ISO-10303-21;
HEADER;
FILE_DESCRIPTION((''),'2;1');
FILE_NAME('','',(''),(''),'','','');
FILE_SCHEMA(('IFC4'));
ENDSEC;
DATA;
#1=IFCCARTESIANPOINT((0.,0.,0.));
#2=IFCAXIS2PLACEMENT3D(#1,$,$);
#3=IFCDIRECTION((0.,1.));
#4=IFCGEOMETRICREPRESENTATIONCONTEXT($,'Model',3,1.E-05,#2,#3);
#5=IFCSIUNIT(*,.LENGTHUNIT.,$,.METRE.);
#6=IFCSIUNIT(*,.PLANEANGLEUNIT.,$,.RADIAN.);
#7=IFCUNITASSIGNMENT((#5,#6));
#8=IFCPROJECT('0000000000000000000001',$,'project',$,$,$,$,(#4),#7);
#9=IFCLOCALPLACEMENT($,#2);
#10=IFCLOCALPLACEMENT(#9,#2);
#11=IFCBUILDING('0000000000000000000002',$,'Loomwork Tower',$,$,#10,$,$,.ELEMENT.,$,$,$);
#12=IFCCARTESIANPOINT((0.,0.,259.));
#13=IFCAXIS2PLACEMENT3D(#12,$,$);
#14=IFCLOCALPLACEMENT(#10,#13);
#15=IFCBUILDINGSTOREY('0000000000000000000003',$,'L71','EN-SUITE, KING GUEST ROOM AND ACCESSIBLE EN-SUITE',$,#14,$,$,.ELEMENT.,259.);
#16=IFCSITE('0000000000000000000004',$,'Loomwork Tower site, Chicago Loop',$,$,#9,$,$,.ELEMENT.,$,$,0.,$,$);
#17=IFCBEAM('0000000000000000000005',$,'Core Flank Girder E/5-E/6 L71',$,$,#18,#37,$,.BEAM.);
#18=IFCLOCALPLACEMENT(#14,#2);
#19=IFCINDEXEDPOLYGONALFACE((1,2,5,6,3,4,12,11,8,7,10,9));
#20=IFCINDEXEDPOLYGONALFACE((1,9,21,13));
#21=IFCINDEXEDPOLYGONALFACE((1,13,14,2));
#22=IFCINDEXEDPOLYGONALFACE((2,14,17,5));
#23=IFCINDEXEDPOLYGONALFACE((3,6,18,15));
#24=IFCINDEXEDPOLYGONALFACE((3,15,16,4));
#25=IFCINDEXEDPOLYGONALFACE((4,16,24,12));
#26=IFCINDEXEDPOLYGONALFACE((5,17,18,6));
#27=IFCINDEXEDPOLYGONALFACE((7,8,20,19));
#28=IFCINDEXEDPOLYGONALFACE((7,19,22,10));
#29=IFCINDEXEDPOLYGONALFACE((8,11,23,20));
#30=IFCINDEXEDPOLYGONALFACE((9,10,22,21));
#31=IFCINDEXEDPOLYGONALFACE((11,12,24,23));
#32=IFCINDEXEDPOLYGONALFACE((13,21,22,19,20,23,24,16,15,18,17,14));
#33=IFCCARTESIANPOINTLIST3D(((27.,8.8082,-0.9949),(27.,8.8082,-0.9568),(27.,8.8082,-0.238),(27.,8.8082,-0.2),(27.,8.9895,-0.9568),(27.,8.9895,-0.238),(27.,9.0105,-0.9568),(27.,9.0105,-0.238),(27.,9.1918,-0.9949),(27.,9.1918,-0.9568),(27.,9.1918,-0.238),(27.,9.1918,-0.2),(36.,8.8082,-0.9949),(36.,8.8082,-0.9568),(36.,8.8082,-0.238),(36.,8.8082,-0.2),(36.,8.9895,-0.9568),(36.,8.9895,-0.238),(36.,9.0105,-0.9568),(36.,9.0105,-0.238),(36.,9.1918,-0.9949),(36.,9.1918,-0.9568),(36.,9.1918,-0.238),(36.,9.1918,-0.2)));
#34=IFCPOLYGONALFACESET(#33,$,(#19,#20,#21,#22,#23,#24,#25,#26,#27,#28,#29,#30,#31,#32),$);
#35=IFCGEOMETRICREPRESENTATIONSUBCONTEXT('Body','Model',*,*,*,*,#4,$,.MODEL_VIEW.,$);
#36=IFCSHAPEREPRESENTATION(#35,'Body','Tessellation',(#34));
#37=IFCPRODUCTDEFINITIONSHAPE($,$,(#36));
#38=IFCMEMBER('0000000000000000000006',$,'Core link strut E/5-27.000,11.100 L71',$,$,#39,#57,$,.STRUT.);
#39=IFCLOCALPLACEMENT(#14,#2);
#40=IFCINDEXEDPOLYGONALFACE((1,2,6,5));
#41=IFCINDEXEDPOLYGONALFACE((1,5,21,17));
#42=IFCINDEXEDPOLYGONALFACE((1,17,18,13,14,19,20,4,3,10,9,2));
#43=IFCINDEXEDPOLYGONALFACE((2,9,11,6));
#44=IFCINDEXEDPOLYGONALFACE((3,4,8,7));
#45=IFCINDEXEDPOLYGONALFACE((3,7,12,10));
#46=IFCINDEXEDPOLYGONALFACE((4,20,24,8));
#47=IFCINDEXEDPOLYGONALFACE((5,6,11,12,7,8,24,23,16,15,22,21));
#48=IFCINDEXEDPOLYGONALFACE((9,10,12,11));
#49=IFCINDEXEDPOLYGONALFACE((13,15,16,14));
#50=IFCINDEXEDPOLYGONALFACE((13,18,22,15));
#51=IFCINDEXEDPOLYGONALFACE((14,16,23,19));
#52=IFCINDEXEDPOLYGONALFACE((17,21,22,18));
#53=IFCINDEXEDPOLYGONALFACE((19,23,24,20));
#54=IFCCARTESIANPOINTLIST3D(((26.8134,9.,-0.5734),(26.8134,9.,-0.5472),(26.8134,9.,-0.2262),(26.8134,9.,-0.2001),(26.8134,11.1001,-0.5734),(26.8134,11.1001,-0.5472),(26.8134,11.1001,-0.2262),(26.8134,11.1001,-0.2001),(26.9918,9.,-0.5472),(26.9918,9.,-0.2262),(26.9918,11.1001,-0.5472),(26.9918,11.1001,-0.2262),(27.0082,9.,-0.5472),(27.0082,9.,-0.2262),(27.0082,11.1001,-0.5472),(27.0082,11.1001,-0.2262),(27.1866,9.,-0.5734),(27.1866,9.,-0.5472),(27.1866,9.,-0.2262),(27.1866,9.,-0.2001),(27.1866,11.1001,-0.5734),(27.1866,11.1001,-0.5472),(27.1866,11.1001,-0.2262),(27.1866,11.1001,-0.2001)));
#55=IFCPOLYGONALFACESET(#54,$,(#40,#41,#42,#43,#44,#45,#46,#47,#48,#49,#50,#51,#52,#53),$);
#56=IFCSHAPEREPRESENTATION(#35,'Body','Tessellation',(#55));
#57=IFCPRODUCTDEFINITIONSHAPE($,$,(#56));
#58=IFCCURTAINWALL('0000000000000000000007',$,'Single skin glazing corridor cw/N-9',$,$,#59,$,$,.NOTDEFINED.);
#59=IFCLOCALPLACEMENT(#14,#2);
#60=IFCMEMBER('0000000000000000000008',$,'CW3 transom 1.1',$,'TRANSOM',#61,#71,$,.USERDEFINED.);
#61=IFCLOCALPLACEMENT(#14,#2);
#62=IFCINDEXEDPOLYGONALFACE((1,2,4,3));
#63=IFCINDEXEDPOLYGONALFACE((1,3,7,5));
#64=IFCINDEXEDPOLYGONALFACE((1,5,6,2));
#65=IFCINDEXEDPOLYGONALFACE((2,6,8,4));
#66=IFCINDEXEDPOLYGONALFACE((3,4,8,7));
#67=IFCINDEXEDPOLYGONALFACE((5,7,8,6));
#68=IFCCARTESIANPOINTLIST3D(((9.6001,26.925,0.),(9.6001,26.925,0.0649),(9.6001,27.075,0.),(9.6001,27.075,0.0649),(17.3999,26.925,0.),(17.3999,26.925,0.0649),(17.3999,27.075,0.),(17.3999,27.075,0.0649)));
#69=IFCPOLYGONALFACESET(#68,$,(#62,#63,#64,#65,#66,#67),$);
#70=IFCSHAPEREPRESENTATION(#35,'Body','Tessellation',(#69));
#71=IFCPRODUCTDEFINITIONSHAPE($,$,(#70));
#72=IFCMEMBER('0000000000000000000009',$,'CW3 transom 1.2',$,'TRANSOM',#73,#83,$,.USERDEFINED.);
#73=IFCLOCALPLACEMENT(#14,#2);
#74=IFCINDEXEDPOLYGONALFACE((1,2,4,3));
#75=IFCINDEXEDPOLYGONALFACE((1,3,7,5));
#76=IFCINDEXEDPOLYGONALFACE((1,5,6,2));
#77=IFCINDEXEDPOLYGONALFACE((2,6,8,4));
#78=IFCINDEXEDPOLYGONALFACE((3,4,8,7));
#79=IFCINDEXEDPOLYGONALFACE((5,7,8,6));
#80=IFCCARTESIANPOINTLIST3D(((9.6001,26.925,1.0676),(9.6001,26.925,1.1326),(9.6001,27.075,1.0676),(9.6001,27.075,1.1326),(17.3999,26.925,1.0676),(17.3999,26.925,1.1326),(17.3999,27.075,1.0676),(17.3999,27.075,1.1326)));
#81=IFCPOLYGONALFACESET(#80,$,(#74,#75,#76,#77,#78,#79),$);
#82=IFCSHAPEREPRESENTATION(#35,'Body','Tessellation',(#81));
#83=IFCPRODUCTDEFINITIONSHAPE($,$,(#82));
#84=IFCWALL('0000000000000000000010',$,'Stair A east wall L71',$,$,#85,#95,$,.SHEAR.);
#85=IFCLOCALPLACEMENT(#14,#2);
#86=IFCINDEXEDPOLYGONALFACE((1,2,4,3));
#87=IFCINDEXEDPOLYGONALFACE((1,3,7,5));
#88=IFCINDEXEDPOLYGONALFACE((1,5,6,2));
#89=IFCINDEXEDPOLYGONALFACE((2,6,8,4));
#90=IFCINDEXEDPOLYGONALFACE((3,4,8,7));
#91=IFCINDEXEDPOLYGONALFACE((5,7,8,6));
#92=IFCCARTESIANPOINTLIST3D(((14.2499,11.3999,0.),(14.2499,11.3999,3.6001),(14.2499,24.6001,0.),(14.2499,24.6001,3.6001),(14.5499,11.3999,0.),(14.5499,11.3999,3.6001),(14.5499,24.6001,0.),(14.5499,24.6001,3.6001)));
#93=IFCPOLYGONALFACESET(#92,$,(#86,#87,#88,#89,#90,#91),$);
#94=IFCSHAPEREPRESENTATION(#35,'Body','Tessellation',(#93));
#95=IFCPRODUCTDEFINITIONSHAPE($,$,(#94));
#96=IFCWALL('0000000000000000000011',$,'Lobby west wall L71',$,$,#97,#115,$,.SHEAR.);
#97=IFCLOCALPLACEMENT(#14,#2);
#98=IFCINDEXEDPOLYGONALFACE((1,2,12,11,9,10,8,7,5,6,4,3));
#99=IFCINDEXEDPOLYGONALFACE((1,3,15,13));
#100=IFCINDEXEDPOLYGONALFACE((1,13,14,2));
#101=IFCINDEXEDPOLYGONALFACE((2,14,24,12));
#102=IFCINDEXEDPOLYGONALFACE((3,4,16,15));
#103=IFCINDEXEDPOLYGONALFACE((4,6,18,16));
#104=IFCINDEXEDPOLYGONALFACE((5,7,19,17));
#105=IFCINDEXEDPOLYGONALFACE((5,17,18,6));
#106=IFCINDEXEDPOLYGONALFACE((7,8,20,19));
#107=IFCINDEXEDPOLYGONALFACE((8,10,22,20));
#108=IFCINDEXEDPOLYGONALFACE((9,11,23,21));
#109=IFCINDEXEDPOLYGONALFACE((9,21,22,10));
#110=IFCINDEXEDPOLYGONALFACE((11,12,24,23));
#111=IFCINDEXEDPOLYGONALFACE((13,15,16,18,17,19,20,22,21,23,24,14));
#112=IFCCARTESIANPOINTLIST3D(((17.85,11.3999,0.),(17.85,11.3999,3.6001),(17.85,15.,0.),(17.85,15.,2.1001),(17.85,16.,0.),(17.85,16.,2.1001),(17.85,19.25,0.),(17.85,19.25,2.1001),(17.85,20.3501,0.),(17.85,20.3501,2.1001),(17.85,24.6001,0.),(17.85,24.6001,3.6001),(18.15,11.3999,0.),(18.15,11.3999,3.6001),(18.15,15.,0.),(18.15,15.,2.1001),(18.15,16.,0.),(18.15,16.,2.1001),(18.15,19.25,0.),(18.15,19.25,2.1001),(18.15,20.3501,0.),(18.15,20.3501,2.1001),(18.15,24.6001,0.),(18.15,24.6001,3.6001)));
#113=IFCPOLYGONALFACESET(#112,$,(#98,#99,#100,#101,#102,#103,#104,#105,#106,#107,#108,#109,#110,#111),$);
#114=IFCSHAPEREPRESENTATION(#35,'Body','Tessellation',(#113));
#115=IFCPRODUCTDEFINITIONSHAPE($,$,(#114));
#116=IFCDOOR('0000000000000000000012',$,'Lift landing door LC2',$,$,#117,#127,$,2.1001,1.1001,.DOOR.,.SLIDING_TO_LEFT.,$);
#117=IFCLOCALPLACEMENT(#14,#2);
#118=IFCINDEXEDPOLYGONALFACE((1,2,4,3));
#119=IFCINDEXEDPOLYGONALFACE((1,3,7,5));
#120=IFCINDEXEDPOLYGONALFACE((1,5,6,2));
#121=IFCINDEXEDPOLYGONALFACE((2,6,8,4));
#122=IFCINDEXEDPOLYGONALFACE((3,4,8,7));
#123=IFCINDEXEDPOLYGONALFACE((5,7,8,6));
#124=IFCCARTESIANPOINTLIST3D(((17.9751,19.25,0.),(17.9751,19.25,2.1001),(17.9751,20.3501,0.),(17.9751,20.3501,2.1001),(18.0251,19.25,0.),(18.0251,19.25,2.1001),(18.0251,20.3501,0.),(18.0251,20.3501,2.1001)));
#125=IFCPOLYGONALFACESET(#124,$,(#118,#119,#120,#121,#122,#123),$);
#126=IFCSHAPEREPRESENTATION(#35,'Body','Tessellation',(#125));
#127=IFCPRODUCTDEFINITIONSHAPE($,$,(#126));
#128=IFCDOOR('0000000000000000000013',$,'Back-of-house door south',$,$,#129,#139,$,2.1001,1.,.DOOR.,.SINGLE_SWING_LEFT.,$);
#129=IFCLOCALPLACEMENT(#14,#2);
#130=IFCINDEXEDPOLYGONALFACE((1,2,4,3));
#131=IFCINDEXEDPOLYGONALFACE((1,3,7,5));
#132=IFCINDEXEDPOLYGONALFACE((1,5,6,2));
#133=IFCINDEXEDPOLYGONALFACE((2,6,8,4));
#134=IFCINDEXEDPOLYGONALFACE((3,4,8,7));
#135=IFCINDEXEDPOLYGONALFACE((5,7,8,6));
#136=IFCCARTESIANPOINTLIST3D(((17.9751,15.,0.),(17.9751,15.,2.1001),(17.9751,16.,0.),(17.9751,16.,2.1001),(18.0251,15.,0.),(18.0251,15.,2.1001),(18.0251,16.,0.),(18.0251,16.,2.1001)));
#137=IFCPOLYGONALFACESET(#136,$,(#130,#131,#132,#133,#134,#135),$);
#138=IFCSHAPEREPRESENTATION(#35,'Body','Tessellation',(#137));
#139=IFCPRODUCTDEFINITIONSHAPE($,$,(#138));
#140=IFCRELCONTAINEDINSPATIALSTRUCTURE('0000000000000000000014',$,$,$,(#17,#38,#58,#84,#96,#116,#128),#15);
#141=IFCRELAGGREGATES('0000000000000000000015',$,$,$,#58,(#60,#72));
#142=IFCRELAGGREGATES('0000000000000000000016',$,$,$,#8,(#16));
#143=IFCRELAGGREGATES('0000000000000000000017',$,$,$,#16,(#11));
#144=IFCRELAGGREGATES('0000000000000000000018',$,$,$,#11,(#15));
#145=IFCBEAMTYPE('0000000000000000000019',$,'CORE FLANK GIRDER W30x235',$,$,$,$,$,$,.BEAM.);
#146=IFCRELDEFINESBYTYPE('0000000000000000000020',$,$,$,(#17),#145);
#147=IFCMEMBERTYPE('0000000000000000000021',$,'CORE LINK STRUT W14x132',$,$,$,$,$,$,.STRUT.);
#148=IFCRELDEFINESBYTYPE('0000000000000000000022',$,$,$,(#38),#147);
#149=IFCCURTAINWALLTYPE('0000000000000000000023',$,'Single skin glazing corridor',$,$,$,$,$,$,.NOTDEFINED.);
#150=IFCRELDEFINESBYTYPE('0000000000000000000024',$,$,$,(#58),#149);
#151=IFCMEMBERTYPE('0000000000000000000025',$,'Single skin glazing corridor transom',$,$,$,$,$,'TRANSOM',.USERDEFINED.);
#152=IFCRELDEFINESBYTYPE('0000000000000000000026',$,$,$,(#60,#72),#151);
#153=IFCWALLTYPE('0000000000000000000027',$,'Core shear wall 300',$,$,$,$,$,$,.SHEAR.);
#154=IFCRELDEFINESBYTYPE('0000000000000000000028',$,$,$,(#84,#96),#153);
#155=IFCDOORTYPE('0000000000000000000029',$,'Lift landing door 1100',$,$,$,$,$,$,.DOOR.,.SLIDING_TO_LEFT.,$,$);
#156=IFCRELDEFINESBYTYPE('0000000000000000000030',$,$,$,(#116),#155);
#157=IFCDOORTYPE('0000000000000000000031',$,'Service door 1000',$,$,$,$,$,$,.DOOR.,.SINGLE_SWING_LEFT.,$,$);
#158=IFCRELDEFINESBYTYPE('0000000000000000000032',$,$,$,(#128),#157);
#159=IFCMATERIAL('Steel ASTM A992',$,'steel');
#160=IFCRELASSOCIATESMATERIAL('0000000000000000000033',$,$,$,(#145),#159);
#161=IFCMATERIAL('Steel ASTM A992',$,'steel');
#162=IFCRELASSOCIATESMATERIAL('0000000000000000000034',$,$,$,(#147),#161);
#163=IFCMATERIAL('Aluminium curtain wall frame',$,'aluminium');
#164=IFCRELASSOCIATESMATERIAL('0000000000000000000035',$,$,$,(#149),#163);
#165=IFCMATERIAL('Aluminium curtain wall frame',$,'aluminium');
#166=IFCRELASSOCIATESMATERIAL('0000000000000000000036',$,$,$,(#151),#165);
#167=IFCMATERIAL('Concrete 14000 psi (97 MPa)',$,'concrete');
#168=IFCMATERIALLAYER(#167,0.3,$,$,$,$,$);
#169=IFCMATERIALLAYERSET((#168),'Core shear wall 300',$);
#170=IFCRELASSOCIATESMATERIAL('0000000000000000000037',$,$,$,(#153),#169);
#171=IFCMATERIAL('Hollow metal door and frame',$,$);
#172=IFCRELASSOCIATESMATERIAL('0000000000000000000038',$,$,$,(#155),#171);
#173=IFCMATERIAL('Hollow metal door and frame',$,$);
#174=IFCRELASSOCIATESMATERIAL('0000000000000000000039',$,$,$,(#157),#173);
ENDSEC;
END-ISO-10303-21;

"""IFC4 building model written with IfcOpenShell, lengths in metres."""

from ifc_helpers import new_model, si_unit, direction, frame, frame_2d, origin, origin_2d, place, context, subcontext, project, spatial, rectangle, i_section, extrude, material, layer, layer_set, material_profile, profile_set, type_object, element, fill, aggregate, save


model = new_model("IFC4")

# Units and contexts
model_context = context("Model", 3, precision=1e-05, world=origin(), true_north=direction((0.0, 1.0)))
body_context = subcontext(model_context, "Body", "Model", "MODEL_VIEW")
ifc_project = project(units=[si_unit("LENGTHUNIT", "METRE"), si_unit("PLANEANGLEUNIT", "RADIAN")], contexts=[model_context])

# Site, building, storey
site_placement = place(None, origin())
site = spatial("IfcSite", under=ifc_project, at=site_placement, Name="Loomwork Tower site, Chicago Loop", CompositionType="ELEMENT", RefElevation=0.0)
building_placement = place(site_placement, origin())
building = spatial("IfcBuilding", under=site, at=building_placement, Name="Loomwork Tower", CompositionType="ELEMENT")
storey_placement = place(building_placement, frame((0.0, 0.0, 259.0)))
storey = spatial("IfcBuildingStorey", under=building, at=storey_placement, Name="L71", Description="EN-SUITE, KING GUEST ROOM AND ACCESSIBLE EN-SUITE", CompositionType="ELEMENT", Elevation=259.0)

# Beam
ifc_material_1 = material(Name="Steel ASTM A992", Category="steel")
ifc_material_profile_1 = material_profile(ifc_material_1, i_section(OverallWidth=0.3835, OverallDepth=0.7949, WebThickness=0.021, FlangeThickness=0.0381, at=origin_2d()), Name="W30x235")
ifc_profile_set_1 = profile_set([ifc_material_profile_1], Name="Steel ASTM A992")
beam_type = type_object("IfcBeamType", Name="CORE FLANK GIRDER W30x235", PredefinedType="BEAM", material=ifc_profile_set_1)
beam_placement = place(storey_placement, frame((27.0, 9.0, -0.5974), z_axis=(1.0, 0.0, 0.0), x_axis=(0.0, 1.0, 0.0)))
element("IfcBeam", 1, at=beam_placement, inside=storey, type_object=beam_type, Name="Core Flank Girder E/5-E/6 L71", PredefinedType="BEAM", context=body_context, shape_type="SweptSolid", body=[
    extrude(i_section(OverallWidth=0.3835, OverallDepth=0.7949, WebThickness=0.021, FlangeThickness=0.0381, at=origin_2d()), origin(), (0.0, 0.0, 1.0), 9.0),
])

# Member
ifc_material_2 = material(Name="Steel ASTM A992", Category="steel")
ifc_material_profile_2 = material_profile(ifc_material_2, i_section(OverallWidth=0.3733, OverallDepth=0.3733, WebThickness=0.0164, FlangeThickness=0.0261, at=origin_2d()), Name="W14x132")
ifc_profile_set_2 = profile_set([ifc_material_profile_2], Name="Steel ASTM A992")
member_type_1 = type_object("IfcMemberType", Name="CORE LINK STRUT W14x132", PredefinedType="STRUT", material=ifc_profile_set_2)
member_1_placement = place(storey_placement, frame((27.0, 9.0, -0.3867), z_axis=(0.0, 1.0, 0.0), x_axis=(-1.0, 0.0, 0.0)))
element("IfcMember", 2, at=member_1_placement, inside=storey, type_object=member_type_1, Name="Core link strut E/5-27.000,11.100 L71", PredefinedType="STRUT", context=body_context, shape_type="SweptSolid", body=[
    extrude(i_section(OverallWidth=0.3733, OverallDepth=0.3733, WebThickness=0.0164, FlangeThickness=0.0261, at=origin_2d()), origin(), (0.0, 0.0, 1.0), 2.1001),
])

# Curtain wall, members
ifc_material_3 = material(Name="Aluminium curtain wall frame", Category="aluminium")
curtain_wall_type = type_object("IfcCurtainWallType", Name="Single skin glazing corridor", PredefinedType="NOTDEFINED", material=ifc_material_3)
curtain_wall_placement = place(storey_placement, origin())
curtain_wall = element("IfcCurtainWall", 3, at=curtain_wall_placement, inside=storey, type_object=curtain_wall_type, Name="Single skin glazing corridor cw/N-9", PredefinedType="NOTDEFINED")
ifc_material_4 = material(Name="Aluminium curtain wall frame", Category="aluminium")
ifc_material_profile_3 = material_profile(ifc_material_4, rectangle(XDim=0.1499, YDim=0.0649, at=origin_2d()), Name="AL 65x150")
ifc_profile_set_3 = profile_set([ifc_material_profile_3], Name="Aluminium curtain wall frame")
member_type_2 = type_object("IfcMemberType", Name="Single skin glazing corridor transom", ElementType="TRANSOM", PredefinedType="USERDEFINED", material=ifc_profile_set_3)
member_2_placement = place(storey_placement, frame((17.3999, 27.0, 0.0325), z_axis=(-1.0, 0.0, 0.0), x_axis=(0.0, -1.0, 0.0)))
member_2 = element("IfcMember", 4, at=member_2_placement, type_object=member_type_2, Name="CW3 transom 1.1", ObjectType="TRANSOM", PredefinedType="USERDEFINED", context=body_context, shape_type="SweptSolid", body=[
    extrude(rectangle(XDim=0.1499, YDim=0.0649, at=origin_2d()), origin(), (0.0, 0.0, 1.0), 7.7998),
])
member_3_placement = place(storey_placement, frame((17.3999, 27.0, 1.1001), z_axis=(-1.0, 0.0, 0.0), x_axis=(0.0, -1.0, 0.0)))
member_3 = element("IfcMember", 5, at=member_3_placement, type_object=member_type_2, Name="CW3 transom 1.2", ObjectType="TRANSOM", PredefinedType="USERDEFINED", context=body_context, shape_type="SweptSolid", body=[
    extrude(rectangle(XDim=0.1499, YDim=0.0649, at=origin_2d()), origin(), (0.0, 0.0, 1.0), 7.7998),
])
aggregate(curtain_wall, [member_2, member_3])

# Wall
ifc_material_5 = material(Name="Concrete 14000 psi (97 MPa)", Category="concrete")
ifc_layer_1 = layer(ifc_material_5, 0.3)
ifc_layer_set_1 = layer_set([ifc_layer_1], Name="Core shear wall 300")
wall_type_1 = type_object("IfcWallType", Name="Core shear wall 300", PredefinedType="SHEAR", material=ifc_layer_set_1)
wall_1_placement = place(storey_placement, frame((14.3999, 11.3999, 0.0), z_axis=(0.0, 0.0, 1.0), x_axis=(0.0, 1.0, 0.0)))
element("IfcWall", 6, at=wall_1_placement, inside=storey, type_object=wall_type_1, Name="Stair A east wall L71", PredefinedType="SHEAR", context=body_context, shape_type="SweptSolid", body=[
    extrude(rectangle(XDim=13.2002, YDim=0.3, at=frame_2d((6.6001, 0.0))), origin(), (0.0, 0.0, 1.0), 3.6001),
])

# Wall, openings, doors
wall_2_placement = place(storey_placement, frame((18.0, 11.3999, 0.0), z_axis=(0.0, 0.0, 1.0), x_axis=(0.0, 1.0, 0.0)))
wall_2 = element("IfcWall", 7, at=wall_2_placement, inside=storey, type_object=wall_type_1, Name="Lobby west wall L71", PredefinedType="SHEAR", context=body_context, shape_type="SweptSolid", body=[
    extrude(rectangle(XDim=13.2002, YDim=0.3, at=frame_2d((6.6001, 0.0))), origin(), (0.0, 0.0, 1.0), 3.6001),
])
opening_1_placement = place(wall_2_placement, frame((3.6001, 0.0, 0.0)))
opening_1 = element("IfcOpeningElement", 8, at=opening_1_placement, cuts=wall_2, PredefinedType="OPENING", context=body_context, shape_type="SweptSolid", body=[
    extrude(rectangle(XDim=1.0, YDim=2.1001, at=frame_2d((0.5, 1.05))), frame((0.0, 0.1599, 0.0), z_axis=(0.0, -1.0, 0.0), x_axis=(1.0, 0.0, 0.0)), (0.0, 0.0, 1.0), 0.3201),
])
opening_2_placement = place(wall_2_placement, frame((7.8501, 0.0, 0.0)))
opening_2 = element("IfcOpeningElement", 9, at=opening_2_placement, cuts=wall_2, PredefinedType="OPENING", context=body_context, shape_type="SweptSolid", body=[
    extrude(rectangle(XDim=1.1001, YDim=2.1001, at=frame_2d((0.55, 1.05))), frame((0.0, 0.1599, 0.0), z_axis=(0.0, -1.0, 0.0), x_axis=(1.0, 0.0, 0.0)), (0.0, 0.0, 1.0), 0.3201),
])
ifc_material_6 = material(Name="Hollow metal door and frame")
door_type_1 = type_object("IfcDoorType", Name="Lift landing door 1100", OperationType="SLIDING_TO_LEFT", PredefinedType="DOOR", material=ifc_material_6)
door_1_placement = place(opening_2_placement, origin())
door_1 = element("IfcDoor", 10, at=door_1_placement, inside=storey, type_object=door_type_1, Name="Lift landing door LC2", OperationType="SLIDING_TO_LEFT", OverallHeight=2.1001, OverallWidth=1.1001, PredefinedType="DOOR", context=body_context, shape_type="SweptSolid", body=[
    extrude(rectangle(XDim=1.1001, YDim=2.1001, at=frame_2d((0.55, 1.05))), frame((0.0, 0.0249, 0.0), z_axis=(0.0, -1.0, 0.0), x_axis=(1.0, 0.0, 0.0)), (0.0, 0.0, 1.0), 0.05),
])
fill(opening_2, door_1)
ifc_material_7 = material(Name="Hollow metal door and frame")
door_type_2 = type_object("IfcDoorType", Name="Service door 1000", OperationType="SINGLE_SWING_LEFT", PredefinedType="DOOR", material=ifc_material_7)
door_2_placement = place(opening_1_placement, origin())
door_2 = element("IfcDoor", 11, at=door_2_placement, inside=storey, type_object=door_type_2, Name="Back-of-house door south", OperationType="SINGLE_SWING_LEFT", OverallHeight=2.1001, OverallWidth=1.0, PredefinedType="DOOR", context=body_context, shape_type="SweptSolid", body=[
    extrude(rectangle(XDim=1.0, YDim=2.1001, at=frame_2d((0.5, 1.05))), frame((0.0, 0.0249, 0.0), z_axis=(0.0, -1.0, 0.0), x_axis=(1.0, 0.0, 0.0)), (0.0, 0.0, 1.0), 0.05),
])
fill(opening_1, door_2)

save(model, "model.ifc")
